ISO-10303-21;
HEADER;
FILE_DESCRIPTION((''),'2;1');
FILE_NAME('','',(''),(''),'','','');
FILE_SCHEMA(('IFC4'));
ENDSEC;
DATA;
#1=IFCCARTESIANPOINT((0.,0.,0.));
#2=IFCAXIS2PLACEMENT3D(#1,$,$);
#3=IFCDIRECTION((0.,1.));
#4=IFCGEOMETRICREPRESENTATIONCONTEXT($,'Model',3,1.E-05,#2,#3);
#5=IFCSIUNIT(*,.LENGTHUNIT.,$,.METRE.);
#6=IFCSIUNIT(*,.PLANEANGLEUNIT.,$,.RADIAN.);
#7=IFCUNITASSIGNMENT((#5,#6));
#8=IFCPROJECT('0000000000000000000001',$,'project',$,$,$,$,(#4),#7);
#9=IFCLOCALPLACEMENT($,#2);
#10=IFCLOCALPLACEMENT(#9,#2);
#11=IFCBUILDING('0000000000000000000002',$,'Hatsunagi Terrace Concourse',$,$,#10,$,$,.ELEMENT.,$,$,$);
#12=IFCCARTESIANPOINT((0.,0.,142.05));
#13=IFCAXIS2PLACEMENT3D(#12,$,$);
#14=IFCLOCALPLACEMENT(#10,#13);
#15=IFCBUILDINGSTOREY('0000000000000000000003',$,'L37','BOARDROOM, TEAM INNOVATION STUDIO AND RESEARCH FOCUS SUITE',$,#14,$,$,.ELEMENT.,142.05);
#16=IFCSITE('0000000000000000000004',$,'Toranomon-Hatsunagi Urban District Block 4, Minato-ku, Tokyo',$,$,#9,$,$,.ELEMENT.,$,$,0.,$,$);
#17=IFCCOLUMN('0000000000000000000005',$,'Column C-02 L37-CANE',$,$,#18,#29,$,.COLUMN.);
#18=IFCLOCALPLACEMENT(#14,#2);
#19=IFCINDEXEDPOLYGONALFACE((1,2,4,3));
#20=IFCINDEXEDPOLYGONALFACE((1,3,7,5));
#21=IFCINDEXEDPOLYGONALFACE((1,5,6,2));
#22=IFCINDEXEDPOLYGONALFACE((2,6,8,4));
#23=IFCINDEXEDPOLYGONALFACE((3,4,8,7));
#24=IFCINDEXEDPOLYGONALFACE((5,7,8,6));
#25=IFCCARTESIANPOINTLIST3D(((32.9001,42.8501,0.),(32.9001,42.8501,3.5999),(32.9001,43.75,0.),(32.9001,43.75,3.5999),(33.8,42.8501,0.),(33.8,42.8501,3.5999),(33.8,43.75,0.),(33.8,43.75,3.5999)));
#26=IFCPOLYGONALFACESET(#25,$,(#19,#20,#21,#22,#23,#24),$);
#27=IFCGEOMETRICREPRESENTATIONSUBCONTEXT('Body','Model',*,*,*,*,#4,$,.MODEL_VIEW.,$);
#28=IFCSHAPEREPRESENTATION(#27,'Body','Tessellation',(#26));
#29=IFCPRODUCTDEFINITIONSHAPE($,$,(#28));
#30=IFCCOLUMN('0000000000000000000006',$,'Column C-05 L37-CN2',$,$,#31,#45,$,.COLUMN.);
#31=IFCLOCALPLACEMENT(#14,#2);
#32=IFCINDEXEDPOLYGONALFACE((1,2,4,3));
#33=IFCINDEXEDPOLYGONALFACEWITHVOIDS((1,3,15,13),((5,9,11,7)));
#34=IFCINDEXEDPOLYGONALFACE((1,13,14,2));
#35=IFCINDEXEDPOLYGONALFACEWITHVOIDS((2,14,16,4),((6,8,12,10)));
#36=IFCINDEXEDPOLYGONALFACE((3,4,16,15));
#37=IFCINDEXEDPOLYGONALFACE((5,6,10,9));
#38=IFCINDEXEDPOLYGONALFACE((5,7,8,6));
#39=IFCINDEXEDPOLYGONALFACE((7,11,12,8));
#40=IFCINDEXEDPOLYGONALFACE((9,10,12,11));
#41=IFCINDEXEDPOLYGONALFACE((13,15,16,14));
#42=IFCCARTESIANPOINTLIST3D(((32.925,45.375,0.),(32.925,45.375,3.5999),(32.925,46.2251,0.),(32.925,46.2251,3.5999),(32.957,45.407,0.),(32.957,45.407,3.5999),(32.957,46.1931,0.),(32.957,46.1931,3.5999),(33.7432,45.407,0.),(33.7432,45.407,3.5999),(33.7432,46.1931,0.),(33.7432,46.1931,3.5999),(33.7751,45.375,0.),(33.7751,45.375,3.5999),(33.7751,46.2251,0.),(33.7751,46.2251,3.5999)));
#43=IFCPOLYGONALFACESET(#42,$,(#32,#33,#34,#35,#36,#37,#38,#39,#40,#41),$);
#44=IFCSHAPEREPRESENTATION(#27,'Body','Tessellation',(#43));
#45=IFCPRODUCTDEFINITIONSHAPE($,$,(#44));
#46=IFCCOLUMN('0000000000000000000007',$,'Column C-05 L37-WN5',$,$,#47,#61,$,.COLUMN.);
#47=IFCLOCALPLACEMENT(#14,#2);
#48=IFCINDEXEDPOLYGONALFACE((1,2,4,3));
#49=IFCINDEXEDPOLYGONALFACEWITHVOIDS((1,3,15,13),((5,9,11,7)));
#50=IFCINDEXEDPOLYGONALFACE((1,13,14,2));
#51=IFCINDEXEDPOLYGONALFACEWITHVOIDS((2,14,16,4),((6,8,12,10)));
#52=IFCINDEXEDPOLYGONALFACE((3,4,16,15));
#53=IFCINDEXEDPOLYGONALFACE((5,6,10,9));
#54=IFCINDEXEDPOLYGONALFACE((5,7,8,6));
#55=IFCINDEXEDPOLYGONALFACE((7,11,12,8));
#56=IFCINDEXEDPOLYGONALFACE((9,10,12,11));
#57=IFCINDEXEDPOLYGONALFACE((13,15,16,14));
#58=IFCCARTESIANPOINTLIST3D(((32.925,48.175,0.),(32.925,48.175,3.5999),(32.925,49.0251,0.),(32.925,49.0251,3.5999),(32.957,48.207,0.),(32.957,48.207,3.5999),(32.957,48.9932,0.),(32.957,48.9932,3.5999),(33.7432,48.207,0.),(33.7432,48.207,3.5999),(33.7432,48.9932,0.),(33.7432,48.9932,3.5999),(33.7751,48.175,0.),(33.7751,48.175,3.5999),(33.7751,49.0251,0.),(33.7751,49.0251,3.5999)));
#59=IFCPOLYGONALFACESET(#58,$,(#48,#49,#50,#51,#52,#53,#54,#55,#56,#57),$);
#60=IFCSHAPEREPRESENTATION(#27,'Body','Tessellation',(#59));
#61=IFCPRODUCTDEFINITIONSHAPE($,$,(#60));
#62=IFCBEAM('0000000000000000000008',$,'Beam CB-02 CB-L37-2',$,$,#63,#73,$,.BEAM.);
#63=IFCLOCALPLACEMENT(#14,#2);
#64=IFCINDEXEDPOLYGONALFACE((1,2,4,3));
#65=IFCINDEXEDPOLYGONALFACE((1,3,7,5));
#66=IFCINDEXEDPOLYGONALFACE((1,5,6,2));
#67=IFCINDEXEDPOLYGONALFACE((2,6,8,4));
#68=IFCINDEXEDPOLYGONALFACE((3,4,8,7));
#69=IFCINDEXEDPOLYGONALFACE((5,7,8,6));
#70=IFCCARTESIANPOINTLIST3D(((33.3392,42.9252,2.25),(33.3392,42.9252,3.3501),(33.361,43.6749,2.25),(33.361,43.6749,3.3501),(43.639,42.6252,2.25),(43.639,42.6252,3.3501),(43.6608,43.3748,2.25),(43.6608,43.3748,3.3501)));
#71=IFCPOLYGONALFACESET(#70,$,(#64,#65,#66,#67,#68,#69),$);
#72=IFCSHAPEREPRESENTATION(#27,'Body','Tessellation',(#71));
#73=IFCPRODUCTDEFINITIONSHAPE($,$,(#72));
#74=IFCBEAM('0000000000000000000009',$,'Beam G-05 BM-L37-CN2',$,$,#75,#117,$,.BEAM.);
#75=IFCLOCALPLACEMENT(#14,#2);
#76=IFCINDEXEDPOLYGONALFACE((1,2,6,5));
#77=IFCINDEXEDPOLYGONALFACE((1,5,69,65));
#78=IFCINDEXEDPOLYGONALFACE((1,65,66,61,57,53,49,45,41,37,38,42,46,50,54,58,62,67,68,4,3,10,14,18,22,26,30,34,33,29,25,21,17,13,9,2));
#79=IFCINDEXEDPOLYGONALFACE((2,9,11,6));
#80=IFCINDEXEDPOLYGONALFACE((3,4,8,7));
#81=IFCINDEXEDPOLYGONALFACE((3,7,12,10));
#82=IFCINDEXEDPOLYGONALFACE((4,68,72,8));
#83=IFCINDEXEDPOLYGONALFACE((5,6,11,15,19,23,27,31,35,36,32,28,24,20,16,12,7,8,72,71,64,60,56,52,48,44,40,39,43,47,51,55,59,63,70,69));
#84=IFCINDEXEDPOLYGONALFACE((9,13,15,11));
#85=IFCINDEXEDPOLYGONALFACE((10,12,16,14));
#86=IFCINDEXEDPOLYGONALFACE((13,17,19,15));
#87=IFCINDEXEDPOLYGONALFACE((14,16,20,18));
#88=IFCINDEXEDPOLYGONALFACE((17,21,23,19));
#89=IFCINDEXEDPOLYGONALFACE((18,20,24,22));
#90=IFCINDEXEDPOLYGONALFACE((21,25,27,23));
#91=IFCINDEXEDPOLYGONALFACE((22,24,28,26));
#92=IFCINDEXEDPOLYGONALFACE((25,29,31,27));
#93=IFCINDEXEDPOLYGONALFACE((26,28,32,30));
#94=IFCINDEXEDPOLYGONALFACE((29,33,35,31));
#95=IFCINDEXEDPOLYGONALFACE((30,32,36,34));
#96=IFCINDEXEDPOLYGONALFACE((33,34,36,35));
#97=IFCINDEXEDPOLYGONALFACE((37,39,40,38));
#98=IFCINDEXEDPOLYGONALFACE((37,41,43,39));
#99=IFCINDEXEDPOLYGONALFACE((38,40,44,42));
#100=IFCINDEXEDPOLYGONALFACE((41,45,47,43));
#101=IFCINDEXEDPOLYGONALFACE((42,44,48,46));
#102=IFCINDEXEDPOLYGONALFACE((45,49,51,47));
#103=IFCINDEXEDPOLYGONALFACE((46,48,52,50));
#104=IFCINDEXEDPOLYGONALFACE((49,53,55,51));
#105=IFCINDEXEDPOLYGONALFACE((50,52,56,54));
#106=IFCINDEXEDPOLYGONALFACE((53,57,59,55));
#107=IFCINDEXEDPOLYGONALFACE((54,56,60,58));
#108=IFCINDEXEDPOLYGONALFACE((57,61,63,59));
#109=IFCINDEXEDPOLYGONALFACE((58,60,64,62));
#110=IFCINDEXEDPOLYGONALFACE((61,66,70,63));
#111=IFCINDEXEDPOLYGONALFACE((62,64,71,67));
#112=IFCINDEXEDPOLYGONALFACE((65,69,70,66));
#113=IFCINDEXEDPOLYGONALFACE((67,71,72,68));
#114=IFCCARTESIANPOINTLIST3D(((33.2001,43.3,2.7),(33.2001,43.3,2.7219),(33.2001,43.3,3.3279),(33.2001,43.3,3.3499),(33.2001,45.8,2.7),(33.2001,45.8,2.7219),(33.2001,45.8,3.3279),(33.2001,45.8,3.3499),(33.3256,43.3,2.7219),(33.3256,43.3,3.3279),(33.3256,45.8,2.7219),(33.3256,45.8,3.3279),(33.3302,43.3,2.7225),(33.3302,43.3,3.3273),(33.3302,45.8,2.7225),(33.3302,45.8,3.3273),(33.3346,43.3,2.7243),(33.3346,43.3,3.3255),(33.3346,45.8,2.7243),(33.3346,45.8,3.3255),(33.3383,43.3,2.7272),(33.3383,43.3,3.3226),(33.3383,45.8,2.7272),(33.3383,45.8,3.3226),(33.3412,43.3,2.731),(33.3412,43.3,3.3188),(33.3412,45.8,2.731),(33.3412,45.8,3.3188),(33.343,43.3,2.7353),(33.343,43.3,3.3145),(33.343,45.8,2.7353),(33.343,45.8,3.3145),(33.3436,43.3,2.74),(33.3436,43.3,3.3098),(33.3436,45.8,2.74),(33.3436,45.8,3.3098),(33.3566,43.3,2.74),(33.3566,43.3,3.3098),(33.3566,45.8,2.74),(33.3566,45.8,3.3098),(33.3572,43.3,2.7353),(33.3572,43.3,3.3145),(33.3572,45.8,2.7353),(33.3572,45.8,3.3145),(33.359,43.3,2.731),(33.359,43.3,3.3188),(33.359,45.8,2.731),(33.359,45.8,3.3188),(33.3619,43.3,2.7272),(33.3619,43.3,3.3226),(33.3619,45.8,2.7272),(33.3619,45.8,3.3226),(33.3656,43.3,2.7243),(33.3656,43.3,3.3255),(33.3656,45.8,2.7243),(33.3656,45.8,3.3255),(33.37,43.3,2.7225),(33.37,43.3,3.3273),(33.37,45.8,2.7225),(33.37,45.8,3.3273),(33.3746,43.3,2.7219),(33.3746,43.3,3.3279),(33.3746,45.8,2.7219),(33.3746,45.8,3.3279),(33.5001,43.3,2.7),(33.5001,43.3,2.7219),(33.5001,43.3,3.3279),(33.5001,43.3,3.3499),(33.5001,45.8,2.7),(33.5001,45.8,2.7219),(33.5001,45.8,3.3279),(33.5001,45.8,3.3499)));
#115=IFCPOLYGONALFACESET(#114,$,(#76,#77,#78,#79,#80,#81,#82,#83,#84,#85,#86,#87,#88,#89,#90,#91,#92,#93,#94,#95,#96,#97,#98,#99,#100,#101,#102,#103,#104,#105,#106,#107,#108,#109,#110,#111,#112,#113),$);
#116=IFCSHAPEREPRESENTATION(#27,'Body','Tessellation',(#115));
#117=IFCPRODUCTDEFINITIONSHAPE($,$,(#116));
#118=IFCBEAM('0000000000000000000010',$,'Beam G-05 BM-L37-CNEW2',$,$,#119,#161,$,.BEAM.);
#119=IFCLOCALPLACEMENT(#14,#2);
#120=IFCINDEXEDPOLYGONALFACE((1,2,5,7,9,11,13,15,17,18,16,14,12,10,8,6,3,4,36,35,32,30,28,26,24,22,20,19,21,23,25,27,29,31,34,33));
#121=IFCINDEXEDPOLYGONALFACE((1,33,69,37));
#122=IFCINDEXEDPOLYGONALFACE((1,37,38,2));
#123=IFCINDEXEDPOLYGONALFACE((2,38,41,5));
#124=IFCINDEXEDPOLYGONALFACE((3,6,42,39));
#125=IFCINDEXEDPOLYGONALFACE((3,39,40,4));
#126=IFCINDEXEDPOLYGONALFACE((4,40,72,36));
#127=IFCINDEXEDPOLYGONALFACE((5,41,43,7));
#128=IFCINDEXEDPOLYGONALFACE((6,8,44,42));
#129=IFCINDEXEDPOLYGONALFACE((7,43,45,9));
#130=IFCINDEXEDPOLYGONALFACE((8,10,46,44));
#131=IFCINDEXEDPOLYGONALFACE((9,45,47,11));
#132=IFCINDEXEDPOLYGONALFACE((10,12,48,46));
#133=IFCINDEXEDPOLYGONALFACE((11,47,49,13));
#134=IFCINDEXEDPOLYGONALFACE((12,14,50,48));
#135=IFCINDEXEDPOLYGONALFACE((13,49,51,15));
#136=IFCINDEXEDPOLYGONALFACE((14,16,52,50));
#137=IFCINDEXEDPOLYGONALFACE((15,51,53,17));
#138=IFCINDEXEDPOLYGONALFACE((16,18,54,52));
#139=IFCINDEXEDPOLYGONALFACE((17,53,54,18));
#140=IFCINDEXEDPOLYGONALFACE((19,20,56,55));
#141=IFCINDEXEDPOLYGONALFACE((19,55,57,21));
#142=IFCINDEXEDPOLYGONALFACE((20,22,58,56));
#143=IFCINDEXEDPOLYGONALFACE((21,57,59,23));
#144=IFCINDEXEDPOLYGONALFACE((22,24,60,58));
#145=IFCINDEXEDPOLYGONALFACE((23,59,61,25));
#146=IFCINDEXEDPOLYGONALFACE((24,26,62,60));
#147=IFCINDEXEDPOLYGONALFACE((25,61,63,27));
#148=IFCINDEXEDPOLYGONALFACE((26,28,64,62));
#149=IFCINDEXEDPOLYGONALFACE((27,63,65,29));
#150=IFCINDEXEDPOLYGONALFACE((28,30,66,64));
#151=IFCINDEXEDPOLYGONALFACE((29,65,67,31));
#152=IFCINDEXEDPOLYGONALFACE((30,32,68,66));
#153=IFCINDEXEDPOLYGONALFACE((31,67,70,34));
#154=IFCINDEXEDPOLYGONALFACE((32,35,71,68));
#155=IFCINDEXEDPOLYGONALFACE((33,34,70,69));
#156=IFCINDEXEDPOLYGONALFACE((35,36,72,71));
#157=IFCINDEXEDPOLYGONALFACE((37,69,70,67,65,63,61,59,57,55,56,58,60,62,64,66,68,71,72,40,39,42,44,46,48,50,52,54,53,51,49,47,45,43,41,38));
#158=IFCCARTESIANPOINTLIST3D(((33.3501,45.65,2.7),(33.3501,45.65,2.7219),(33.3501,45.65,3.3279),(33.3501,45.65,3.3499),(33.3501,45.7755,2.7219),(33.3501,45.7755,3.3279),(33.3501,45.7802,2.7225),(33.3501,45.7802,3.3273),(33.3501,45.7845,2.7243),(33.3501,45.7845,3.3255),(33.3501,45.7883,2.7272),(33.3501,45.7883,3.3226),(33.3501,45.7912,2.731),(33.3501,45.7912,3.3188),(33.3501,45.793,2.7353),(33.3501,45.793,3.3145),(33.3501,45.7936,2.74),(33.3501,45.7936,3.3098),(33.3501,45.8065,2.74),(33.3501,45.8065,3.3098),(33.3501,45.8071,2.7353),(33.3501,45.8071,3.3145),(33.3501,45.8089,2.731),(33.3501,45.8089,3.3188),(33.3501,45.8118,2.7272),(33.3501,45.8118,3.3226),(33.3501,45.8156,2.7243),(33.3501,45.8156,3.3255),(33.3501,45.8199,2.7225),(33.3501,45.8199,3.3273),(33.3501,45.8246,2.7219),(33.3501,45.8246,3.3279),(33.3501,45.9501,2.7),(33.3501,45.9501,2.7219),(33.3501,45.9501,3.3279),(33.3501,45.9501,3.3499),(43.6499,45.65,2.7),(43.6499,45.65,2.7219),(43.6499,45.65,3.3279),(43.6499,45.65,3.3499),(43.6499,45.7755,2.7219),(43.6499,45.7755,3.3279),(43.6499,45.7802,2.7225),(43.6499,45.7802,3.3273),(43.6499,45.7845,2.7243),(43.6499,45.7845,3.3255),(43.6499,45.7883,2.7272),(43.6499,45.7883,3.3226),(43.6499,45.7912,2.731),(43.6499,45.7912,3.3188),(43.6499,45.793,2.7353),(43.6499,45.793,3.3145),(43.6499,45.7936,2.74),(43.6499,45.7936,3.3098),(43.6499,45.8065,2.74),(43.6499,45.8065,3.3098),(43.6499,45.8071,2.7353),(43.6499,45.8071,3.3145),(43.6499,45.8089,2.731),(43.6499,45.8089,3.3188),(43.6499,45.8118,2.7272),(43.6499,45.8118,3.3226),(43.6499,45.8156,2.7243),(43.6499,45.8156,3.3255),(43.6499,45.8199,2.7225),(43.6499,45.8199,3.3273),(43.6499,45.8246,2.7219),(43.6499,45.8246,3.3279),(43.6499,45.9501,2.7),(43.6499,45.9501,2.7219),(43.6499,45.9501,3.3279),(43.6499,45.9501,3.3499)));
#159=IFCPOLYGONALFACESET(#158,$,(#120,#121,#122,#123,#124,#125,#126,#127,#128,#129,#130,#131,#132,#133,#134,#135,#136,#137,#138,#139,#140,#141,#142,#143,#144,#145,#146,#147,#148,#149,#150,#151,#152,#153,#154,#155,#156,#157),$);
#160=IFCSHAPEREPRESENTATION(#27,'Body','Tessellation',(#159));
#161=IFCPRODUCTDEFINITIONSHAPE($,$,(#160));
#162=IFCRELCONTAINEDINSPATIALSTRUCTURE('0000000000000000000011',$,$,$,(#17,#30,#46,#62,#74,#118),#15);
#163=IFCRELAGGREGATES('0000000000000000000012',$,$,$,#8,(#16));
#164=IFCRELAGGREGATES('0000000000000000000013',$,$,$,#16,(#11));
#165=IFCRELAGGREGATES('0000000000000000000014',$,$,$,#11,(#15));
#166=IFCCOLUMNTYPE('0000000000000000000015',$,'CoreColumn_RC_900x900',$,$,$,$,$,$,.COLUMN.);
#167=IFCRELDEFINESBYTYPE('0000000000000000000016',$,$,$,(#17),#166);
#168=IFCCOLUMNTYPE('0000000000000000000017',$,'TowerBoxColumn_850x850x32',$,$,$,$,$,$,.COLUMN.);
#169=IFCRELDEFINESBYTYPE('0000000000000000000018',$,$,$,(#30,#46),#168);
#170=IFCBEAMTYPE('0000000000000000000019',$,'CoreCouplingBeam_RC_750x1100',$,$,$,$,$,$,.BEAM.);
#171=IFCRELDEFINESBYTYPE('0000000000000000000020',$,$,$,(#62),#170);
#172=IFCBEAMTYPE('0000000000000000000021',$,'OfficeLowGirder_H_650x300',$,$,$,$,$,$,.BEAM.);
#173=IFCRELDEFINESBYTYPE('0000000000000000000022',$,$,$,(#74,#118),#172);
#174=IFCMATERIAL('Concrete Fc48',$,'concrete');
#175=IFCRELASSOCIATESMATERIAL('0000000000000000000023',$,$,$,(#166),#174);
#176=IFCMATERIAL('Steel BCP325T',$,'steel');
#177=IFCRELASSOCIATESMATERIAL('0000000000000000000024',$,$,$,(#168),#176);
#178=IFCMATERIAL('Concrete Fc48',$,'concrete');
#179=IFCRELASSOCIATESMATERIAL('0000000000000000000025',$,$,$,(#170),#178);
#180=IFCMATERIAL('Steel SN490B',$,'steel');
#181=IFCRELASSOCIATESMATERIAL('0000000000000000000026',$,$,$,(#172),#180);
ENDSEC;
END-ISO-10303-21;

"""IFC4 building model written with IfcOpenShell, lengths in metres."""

from ifc_helpers import new_model, si_unit, direction, frame, origin, origin_2d, place, context, subcontext, project, spatial, rectangle, hollow_rectangle, i_section, extrude, material, material_profile, profile_set, type_object, element, save


model = new_model("IFC4")

# Units and contexts
model_context = context("Model", 3, precision=1e-05, world=origin(), true_north=direction((0.0, 1.0)))
body_context = subcontext(model_context, "Body", "Model", "MODEL_VIEW")
ifc_project = project(units=[si_unit("LENGTHUNIT", "METRE"), si_unit("PLANEANGLEUNIT", "RADIAN")], contexts=[model_context])

# Site, building, storey
site_placement = place(None, origin())
site = spatial("IfcSite", under=ifc_project, at=site_placement, Name="Toranomon-Hatsunagi Urban District Block 4, Minato-ku, Tokyo", CompositionType="ELEMENT", RefElevation=0.0)
building_placement = place(site_placement, origin())
building = spatial("IfcBuilding", under=site, at=building_placement, Name="Hatsunagi Terrace Concourse", CompositionType="ELEMENT")
storey_placement = place(building_placement, frame((0.0, 0.0, 142.05)))
storey = spatial("IfcBuildingStorey", under=building, at=storey_placement, Name="L37", Description="BOARDROOM, TEAM INNOVATION STUDIO AND RESEARCH FOCUS SUITE", CompositionType="ELEMENT", Elevation=142.05)

# Columns
ifc_material_1 = material(Name="Concrete Fc48", Category="concrete")
ifc_material_profile_1 = material_profile(ifc_material_1, rectangle(XDim=0.8999, YDim=0.8999, at=origin_2d()), Name="RC-900x900")
ifc_profile_set_1 = profile_set([ifc_material_profile_1], Name="Concrete Fc48")
column_type_1 = type_object("IfcColumnType", Name="CoreColumn_RC_900x900", PredefinedType="COLUMN", material=ifc_profile_set_1)
column_placement = place(storey_placement, frame((33.3501, 43.3, 0.0), z_axis=(0.0, 0.0, 1.0), x_axis=(1.0, 0.0, 0.0)))
element("IfcColumn", 1, at=column_placement, inside=storey, type_object=column_type_1, Name="Column C-02 L37-CANE", PredefinedType="COLUMN", context=body_context, shape_type="SweptSolid", body=[
    extrude(rectangle(XDim=0.8999, YDim=0.8999, at=origin_2d()), origin(), (0.0, 0.0, 1.0), 3.5999),
])
ifc_material_2 = material(Name="Steel BCP325T", Category="steel")
ifc_material_profile_2 = material_profile(ifc_material_2, hollow_rectangle(XDim=0.8501, YDim=0.8501, WallThickness=0.032, at=origin_2d()), Name="BCP-850x850x32")
ifc_profile_set_2 = profile_set([ifc_material_profile_2], Name="Steel BCP325T")
column_type_2 = type_object("IfcColumnType", Name="TowerBoxColumn_850x850x32", PredefinedType="COLUMN", material=ifc_profile_set_2)
for number, where, z_axis, x_axis, name in (
    (2, (33.3501, 45.8, 0.0), (0.0, 0.0, 1.0), (1.0, 0.0, 0.0), "Column C-05 L37-CN2"),
    (3, (33.3501, 48.6001, 0.0), (0.0, 0.0, 1.0), (1.0, 0.0, 0.0), "Column C-05 L37-WN5"),
):
    element("IfcColumn", number, at=place(storey_placement, frame(where, z_axis=z_axis, x_axis=x_axis)), inside=storey, type_object=column_type_2, Name=name, PredefinedType="COLUMN", context=body_context, shape_type="SweptSolid", body=[
        extrude(hollow_rectangle(XDim=0.8501, YDim=0.8501, WallThickness=0.032, at=origin_2d()), origin(), (0.0, 0.0, 1.0), 3.5999),
    ])

# Beams
ifc_material_3 = material(Name="Concrete Fc48", Category="concrete")
ifc_material_profile_3 = material_profile(ifc_material_3, rectangle(XDim=0.75, YDim=1.1001, at=origin_2d()), Name="RC-750x1100")
ifc_profile_set_3 = profile_set([ifc_material_profile_3], Name="Concrete Fc48")
beam_type_1 = type_object("IfcBeamType", Name="CoreCouplingBeam_RC_750x1100", PredefinedType="BEAM", material=ifc_profile_set_3)
beam_1_placement = place(storey_placement, frame((33.3501, 43.3, 2.8), z_axis=(0.999576, -0.029119, 0.0), x_axis=(0.029119, 0.999576, 0.0)))
element("IfcBeam", 4, at=beam_1_placement, inside=storey, type_object=beam_type_1, Name="Beam CB-02 CB-L37-2", PredefinedType="BEAM", context=body_context, shape_type="SweptSolid", body=[
    extrude(rectangle(XDim=0.75, YDim=1.1001, at=origin_2d()), origin(), (0.0, 0.0, 1.0), 10.3042),
])
ifc_material_4 = material(Name="Steel SN490B", Category="steel")
ifc_material_profile_4 = material_profile(ifc_material_4, i_section(OverallWidth=0.3, OverallDepth=0.6499, WebThickness=0.0129, FlangeThickness=0.022, FilletRadius=0.0181, at=origin_2d()), Name="H-650x300x13x22")
ifc_profile_set_4 = profile_set([ifc_material_profile_4], Name="Steel SN490B")
beam_type_2 = type_object("IfcBeamType", Name="OfficeLowGirder_H_650x300", PredefinedType="BEAM", material=ifc_profile_set_4)
beam_2_placement = place(storey_placement, frame((33.3501, 43.3, 3.0249), z_axis=(0.0, 1.0, 0.0), x_axis=(-1.0, 0.0, 0.0)))
element("IfcBeam", 5, at=beam_2_placement, inside=storey, type_object=beam_type_2, Name="Beam G-05 BM-L37-CN2", PredefinedType="BEAM", context=body_context, shape_type="SweptSolid", body=[
    extrude(i_section(OverallWidth=0.3, OverallDepth=0.6499, WebThickness=0.0129, FlangeThickness=0.022, FilletRadius=0.0181, at=origin_2d()), origin(), (0.0, 0.0, 1.0), 2.5),
])
beam_3_placement = place(storey_placement, frame((33.3501, 45.8, 3.0249), z_axis=(1.0, 0.0, 0.0), x_axis=(0.0, 1.0, 0.0)))
element("IfcBeam", 6, at=beam_3_placement, inside=storey, type_object=beam_type_2, Name="Beam G-05 BM-L37-CNEW2", PredefinedType="BEAM", context=body_context, shape_type="SweptSolid", body=[
    extrude(i_section(OverallWidth=0.3, OverallDepth=0.6499, WebThickness=0.0129, FlangeThickness=0.022, FilletRadius=0.0181, at=origin_2d()), origin(), (0.0, 0.0, 1.0), 10.2998),
])

save(model, "model.ifc")
